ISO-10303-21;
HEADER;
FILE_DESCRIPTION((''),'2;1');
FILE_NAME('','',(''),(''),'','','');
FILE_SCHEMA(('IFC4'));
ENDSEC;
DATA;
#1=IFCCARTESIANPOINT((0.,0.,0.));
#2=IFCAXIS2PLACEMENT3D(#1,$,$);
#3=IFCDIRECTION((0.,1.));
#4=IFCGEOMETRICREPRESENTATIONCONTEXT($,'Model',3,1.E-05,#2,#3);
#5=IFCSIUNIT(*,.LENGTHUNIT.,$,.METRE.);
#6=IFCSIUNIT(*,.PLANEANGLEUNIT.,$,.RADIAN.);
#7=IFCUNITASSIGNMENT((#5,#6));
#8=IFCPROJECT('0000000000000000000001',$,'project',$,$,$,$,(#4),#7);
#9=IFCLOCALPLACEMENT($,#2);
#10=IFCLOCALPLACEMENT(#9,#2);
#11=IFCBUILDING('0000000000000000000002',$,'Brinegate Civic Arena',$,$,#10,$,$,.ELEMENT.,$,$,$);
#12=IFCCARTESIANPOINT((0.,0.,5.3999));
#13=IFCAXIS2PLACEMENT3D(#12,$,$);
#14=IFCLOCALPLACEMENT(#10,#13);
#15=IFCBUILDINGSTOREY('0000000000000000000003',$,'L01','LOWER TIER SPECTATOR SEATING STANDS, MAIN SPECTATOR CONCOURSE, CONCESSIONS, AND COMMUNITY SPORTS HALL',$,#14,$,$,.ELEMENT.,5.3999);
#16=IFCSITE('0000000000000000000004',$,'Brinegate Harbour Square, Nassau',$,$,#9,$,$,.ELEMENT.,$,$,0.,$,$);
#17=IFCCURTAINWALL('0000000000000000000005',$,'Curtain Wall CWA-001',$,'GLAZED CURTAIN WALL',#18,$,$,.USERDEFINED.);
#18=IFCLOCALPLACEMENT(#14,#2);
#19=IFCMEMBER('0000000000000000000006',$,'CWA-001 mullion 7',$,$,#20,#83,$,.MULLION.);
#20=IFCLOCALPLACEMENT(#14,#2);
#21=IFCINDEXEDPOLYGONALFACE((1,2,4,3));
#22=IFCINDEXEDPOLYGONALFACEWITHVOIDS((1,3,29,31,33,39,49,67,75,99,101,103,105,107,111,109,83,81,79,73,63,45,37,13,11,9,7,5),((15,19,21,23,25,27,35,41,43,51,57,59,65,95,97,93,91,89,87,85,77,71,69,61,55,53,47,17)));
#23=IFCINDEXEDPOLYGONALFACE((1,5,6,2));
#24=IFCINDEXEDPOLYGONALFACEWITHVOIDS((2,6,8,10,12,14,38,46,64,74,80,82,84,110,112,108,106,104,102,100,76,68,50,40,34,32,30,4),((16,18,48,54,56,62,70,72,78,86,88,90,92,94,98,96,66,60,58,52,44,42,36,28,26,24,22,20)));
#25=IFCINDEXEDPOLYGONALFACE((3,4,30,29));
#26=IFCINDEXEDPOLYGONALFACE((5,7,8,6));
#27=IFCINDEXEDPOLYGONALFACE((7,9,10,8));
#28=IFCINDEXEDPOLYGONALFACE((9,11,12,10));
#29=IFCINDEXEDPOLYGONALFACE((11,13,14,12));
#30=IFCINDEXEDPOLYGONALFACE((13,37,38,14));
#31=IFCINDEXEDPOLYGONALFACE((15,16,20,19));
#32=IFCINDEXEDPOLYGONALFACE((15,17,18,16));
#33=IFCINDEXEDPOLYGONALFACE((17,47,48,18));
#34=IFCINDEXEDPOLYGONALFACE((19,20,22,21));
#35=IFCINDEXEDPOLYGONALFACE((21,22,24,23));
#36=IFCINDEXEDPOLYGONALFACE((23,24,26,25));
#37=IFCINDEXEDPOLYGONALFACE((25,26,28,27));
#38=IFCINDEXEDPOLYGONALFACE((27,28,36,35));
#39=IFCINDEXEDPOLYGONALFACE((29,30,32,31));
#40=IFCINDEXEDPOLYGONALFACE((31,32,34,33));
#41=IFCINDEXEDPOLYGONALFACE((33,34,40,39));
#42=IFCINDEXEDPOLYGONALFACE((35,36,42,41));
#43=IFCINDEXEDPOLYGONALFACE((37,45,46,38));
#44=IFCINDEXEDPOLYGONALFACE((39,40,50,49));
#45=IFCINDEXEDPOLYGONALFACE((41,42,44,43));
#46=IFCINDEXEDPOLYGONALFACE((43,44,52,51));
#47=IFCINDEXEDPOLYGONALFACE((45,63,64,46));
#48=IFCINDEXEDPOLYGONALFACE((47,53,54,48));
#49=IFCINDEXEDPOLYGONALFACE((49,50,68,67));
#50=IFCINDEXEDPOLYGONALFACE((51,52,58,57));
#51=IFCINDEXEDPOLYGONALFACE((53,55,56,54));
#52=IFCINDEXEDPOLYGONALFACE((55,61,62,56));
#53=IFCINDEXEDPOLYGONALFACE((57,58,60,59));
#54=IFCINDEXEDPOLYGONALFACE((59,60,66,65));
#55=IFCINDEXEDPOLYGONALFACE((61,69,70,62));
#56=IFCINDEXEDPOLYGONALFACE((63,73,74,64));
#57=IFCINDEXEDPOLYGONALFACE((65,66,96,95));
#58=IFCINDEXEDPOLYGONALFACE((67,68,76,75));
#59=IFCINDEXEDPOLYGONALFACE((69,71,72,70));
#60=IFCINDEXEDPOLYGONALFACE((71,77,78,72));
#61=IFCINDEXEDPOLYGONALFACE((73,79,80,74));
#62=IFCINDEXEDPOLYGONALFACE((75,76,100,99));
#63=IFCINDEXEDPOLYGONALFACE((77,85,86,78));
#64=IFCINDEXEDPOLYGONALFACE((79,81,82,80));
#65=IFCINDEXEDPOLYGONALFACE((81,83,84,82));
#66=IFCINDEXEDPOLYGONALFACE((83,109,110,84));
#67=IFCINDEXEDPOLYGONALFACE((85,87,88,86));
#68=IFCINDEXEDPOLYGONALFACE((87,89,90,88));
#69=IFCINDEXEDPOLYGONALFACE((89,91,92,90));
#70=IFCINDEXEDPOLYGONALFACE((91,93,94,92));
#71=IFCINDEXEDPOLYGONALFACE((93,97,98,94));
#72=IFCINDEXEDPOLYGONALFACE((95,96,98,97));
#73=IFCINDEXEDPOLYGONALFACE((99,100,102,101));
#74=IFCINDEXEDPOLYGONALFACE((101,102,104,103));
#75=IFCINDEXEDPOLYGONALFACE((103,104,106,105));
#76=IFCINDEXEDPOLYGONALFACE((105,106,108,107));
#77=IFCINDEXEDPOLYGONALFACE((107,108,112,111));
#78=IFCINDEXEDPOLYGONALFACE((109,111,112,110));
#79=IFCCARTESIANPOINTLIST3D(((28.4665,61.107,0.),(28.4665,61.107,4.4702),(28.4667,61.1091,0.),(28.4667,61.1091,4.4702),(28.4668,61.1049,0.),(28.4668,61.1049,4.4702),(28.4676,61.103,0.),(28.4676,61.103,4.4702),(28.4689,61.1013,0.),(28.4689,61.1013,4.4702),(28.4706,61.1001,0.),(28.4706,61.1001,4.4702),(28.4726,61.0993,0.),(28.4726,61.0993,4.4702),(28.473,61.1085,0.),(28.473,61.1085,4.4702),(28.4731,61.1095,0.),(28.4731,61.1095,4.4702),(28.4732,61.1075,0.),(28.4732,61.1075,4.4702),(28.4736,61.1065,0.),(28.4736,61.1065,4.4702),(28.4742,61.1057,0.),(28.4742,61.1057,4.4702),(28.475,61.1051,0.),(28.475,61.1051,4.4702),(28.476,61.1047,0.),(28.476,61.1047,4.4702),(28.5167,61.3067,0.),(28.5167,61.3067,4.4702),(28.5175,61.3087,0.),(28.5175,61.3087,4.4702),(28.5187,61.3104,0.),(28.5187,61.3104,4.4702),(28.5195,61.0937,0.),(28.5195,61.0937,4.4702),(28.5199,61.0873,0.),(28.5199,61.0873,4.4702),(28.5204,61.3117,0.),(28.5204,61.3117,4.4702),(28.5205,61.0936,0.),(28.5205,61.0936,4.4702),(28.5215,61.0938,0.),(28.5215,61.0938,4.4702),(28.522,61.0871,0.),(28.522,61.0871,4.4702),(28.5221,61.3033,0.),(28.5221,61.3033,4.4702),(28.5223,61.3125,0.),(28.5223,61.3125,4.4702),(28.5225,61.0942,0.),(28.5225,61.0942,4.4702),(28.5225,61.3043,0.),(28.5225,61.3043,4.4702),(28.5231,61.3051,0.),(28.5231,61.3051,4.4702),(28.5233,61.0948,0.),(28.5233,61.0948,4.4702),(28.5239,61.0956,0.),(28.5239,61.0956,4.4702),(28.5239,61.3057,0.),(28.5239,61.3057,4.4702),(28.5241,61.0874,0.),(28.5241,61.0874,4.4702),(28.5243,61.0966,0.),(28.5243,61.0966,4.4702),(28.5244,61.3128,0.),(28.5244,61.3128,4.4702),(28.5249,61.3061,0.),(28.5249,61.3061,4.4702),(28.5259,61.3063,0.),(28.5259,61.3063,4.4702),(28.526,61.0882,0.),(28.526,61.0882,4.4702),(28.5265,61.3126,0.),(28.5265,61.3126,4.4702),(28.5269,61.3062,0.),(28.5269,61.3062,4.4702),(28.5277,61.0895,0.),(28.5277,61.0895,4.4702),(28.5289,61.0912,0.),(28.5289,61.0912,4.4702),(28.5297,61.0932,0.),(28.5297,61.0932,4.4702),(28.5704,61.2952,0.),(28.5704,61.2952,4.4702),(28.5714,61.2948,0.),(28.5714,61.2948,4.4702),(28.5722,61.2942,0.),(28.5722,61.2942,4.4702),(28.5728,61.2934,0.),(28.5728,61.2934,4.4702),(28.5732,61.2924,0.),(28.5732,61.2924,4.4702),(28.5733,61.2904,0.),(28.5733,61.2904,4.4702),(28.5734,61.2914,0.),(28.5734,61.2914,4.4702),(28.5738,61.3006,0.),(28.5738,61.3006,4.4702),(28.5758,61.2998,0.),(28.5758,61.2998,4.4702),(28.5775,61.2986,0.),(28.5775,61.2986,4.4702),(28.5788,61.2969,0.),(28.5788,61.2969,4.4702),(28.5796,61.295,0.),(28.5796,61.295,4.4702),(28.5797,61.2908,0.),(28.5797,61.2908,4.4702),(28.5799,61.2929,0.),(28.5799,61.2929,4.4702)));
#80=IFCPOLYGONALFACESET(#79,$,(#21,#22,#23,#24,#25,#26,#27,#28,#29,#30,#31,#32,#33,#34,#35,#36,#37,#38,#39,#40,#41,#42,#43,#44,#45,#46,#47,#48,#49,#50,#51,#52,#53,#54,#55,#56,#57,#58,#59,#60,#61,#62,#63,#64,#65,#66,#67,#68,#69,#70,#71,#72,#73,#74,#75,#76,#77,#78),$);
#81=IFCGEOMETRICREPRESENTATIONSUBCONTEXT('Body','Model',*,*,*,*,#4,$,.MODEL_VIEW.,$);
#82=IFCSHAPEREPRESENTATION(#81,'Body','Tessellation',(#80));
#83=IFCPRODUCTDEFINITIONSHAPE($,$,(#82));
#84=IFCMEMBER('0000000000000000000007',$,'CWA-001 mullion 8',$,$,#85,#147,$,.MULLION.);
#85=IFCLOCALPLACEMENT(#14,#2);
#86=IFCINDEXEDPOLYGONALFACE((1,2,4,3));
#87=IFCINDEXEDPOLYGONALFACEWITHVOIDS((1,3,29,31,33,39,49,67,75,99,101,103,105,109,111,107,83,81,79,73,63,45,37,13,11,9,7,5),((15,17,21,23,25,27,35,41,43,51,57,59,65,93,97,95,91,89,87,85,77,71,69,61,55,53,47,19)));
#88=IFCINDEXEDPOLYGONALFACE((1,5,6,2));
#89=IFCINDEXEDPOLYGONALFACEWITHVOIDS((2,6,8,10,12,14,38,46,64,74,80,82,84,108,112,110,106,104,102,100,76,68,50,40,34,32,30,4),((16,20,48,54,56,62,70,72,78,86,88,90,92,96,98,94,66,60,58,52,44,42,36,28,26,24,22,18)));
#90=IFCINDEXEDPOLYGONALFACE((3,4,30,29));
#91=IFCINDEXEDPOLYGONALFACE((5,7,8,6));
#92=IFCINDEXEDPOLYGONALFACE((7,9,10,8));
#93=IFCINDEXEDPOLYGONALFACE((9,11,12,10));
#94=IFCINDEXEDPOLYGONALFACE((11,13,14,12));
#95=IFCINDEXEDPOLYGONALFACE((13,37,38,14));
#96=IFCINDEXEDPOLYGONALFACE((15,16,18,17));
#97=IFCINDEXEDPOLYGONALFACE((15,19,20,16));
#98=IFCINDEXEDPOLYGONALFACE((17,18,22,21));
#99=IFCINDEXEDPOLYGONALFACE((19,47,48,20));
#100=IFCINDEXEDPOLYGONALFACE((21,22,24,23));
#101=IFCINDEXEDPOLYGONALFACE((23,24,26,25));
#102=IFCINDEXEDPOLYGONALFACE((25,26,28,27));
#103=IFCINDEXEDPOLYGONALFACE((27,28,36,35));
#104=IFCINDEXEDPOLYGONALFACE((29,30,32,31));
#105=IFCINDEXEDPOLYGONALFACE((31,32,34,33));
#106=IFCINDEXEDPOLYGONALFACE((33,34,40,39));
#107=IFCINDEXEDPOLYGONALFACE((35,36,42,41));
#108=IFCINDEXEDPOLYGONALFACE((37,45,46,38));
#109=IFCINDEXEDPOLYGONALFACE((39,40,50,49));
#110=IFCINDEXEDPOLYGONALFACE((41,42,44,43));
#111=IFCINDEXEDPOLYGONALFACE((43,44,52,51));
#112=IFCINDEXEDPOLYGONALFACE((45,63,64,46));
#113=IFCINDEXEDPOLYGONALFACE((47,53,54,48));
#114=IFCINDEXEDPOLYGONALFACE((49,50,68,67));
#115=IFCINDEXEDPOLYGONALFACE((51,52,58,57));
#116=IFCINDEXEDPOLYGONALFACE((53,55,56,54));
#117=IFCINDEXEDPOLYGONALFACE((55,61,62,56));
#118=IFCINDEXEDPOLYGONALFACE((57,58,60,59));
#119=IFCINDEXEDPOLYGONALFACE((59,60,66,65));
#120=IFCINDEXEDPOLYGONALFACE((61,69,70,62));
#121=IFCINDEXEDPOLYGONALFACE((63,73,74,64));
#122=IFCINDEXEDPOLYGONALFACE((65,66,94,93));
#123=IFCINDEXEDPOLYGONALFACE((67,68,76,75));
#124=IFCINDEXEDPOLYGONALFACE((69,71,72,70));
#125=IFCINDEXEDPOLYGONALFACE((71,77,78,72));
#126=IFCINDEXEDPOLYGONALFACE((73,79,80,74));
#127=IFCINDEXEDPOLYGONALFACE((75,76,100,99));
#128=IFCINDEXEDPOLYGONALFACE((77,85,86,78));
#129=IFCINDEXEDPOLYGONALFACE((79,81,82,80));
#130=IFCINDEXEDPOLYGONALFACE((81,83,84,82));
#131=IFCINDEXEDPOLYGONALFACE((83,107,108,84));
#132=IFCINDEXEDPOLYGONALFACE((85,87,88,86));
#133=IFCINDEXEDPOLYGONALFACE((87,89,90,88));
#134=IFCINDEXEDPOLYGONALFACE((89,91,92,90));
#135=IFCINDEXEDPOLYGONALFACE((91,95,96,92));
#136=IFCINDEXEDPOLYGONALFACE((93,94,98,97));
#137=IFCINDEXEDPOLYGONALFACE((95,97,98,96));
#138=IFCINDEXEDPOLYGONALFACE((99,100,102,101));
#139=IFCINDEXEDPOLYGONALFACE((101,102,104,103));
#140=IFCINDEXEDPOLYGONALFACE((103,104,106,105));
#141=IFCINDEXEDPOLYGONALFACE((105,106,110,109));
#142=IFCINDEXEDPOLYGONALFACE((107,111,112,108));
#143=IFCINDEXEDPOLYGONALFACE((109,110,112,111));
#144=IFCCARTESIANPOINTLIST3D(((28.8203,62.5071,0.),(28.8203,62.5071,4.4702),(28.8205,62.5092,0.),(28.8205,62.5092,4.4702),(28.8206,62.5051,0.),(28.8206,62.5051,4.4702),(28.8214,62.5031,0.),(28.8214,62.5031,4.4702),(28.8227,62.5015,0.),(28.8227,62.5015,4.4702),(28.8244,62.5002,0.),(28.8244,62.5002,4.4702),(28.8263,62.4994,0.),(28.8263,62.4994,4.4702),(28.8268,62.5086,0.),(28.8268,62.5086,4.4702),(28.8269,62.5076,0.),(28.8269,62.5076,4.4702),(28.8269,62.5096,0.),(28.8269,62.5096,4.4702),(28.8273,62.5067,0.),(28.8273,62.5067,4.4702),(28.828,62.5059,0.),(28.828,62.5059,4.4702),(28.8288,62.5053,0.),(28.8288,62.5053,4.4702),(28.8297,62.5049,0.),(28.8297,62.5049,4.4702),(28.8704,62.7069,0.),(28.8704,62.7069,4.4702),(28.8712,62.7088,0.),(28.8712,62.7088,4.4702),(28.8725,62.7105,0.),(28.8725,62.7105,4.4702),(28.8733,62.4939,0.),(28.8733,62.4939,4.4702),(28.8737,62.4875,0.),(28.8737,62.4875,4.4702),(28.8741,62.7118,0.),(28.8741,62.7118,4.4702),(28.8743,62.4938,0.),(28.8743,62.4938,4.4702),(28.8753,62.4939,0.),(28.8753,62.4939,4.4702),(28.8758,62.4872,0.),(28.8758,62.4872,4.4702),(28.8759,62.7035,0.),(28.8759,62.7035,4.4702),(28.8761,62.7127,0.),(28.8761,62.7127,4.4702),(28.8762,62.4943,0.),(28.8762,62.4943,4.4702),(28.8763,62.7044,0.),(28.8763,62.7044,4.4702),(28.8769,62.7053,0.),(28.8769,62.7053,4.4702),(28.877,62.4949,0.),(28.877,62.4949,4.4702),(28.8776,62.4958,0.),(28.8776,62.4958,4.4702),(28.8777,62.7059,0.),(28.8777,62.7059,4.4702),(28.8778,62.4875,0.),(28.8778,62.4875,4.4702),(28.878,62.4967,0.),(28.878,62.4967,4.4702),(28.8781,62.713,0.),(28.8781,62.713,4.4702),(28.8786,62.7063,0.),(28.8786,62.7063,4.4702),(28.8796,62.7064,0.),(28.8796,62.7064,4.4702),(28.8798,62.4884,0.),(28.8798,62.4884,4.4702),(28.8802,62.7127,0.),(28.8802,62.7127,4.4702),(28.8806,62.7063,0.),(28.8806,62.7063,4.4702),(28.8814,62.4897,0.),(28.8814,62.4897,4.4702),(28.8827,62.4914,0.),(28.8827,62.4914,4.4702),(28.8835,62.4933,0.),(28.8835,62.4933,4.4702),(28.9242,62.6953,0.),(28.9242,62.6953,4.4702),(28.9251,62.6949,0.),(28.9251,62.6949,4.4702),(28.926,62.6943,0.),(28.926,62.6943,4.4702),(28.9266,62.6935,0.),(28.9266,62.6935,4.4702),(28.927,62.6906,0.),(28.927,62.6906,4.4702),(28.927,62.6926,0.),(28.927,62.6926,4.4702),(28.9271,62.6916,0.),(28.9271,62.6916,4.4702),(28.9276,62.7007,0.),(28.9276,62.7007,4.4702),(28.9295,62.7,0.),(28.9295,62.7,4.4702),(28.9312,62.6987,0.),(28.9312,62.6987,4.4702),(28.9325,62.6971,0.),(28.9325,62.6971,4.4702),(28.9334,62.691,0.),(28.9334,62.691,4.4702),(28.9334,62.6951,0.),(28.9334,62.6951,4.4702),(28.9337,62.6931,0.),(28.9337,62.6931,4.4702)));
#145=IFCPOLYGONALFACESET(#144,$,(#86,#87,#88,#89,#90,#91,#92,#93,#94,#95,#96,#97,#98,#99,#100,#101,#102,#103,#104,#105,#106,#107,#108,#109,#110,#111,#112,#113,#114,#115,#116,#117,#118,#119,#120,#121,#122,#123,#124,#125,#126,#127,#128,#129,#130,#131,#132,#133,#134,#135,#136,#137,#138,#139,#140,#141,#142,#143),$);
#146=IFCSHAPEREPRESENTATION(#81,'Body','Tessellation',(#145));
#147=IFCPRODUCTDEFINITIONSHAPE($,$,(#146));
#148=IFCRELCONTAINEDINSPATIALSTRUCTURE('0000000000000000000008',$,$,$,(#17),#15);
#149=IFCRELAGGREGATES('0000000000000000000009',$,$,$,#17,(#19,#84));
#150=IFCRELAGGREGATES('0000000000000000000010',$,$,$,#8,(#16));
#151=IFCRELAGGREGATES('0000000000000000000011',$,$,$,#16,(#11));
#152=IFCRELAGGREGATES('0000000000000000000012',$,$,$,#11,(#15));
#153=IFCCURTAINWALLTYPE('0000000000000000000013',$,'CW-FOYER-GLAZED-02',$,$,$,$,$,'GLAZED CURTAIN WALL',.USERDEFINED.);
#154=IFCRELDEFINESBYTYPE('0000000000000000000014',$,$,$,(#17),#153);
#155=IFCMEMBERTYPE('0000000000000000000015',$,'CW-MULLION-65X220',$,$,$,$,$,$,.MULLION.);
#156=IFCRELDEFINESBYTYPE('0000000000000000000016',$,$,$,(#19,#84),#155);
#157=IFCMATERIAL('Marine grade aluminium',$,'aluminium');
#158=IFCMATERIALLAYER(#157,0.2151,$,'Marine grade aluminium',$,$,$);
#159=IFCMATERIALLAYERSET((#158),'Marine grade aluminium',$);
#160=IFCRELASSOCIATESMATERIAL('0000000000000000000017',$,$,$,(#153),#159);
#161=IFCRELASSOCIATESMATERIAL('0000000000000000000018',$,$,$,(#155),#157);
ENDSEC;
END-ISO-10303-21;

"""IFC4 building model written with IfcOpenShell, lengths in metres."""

from ifc_helpers import new_model, si_unit, direction, frame, origin, origin_2d, place, context, subcontext, project, spatial, hollow_rectangle, extrude, material, layer, layer_set, material_profile, profile_set, type_object, element, aggregate, save


model = new_model("IFC4")

# Units and contexts
model_context = context("Model", 3, precision=1e-05, world=origin(), true_north=direction((0.0, 1.0)))
body_context = subcontext(model_context, "Body", "Model", "MODEL_VIEW")
ifc_project = project(units=[si_unit("LENGTHUNIT", "METRE"), si_unit("PLANEANGLEUNIT", "RADIAN")], contexts=[model_context])

# Site, building, storey
site_placement = place(None, origin())
site = spatial("IfcSite", under=ifc_project, at=site_placement, Name="Brinegate Harbour Square, Nassau", CompositionType="ELEMENT", RefElevation=0.0)
building_placement = place(site_placement, origin())
building = spatial("IfcBuilding", under=site, at=building_placement, Name="Brinegate Civic Arena", CompositionType="ELEMENT")
storey_placement = place(building_placement, frame((0.0, 0.0, 5.3999)))
storey = spatial("IfcBuildingStorey", under=building, at=storey_placement, Name="L01", Description="LOWER TIER SPECTATOR SEATING STANDS, MAIN SPECTATOR CONCOURSE, CONCESSIONS, AND COMMUNITY SPORTS HALL", CompositionType="ELEMENT", Elevation=5.3999)

# Curtain wall, members
ifc_material_1 = material(Name="Marine grade aluminium", Category="aluminium")
ifc_layer_1 = layer(ifc_material_1, 0.2151, Name="Marine grade aluminium")
ifc_layer_set_1 = layer_set([ifc_layer_1], Name="Marine grade aluminium")
curtain_wall_type = type_object("IfcCurtainWallType", Name="CW-FOYER-GLAZED-02", ElementType="GLAZED CURTAIN WALL", PredefinedType="USERDEFINED", material=ifc_layer_set_1)
curtain_wall_placement = place(storey_placement, origin())
curtain_wall = element("IfcCurtainWall", 1, at=curtain_wall_placement, inside=storey, type_object=curtain_wall_type, Name="Curtain Wall CWA-001", ObjectType="GLAZED CURTAIN WALL", PredefinedType="USERDEFINED")
ifc_material_profile_1 = material_profile(ifc_material_1, hollow_rectangle(XDim=0.0649, YDim=0.22, WallThickness=0.0061, InnerFilletRadius=0.0039, OuterFilletRadius=0.0081, at=origin_2d()), Name="MUL65X220")
ifc_profile_set_1 = profile_set([ifc_material_profile_1], Name="Marine grade aluminium")
member_type_1 = type_object("IfcMemberType", Name="CW-MULLION-65X220", PredefinedType="MULLION", material=ifc_profile_set_1)
member_1_placement = place(storey_placement, frame((28.5232, 61.2, 0.0), z_axis=(0.0, 0.0, 1.0), x_axis=(-0.969513, 0.245042, 0.0)))
member_1 = element("IfcMember", 2, at=member_1_placement, type_object=member_type_1, Name="CWA-001 mullion 7", PredefinedType="MULLION", context=body_context, shape_type="SweptSolid", body=[
    extrude(hollow_rectangle(XDim=0.0649, YDim=0.22, WallThickness=0.0061, InnerFilletRadius=0.0039, OuterFilletRadius=0.0081, at=origin_2d()), origin(), (0.0, 0.0, 1.0), 4.4702),
])
member_2_placement = place(storey_placement, frame((28.877, 62.6001, 0.0), z_axis=(0.0, 0.0, 1.0), x_axis=(-0.969513, 0.245042, 0.0)))
member_2 = element("IfcMember", 3, at=member_2_placement, type_object=member_type_1, Name="CWA-001 mullion 8", PredefinedType="MULLION", context=body_context, shape_type="SweptSolid", body=[
    extrude(hollow_rectangle(XDim=0.0649, YDim=0.22, WallThickness=0.0061, InnerFilletRadius=0.0039, OuterFilletRadius=0.0081, at=origin_2d()), origin(), (0.0, 0.0, 1.0), 4.4702),
])
aggregate(curtain_wall, [member_1, member_2])

save(model, "model.ifc")
